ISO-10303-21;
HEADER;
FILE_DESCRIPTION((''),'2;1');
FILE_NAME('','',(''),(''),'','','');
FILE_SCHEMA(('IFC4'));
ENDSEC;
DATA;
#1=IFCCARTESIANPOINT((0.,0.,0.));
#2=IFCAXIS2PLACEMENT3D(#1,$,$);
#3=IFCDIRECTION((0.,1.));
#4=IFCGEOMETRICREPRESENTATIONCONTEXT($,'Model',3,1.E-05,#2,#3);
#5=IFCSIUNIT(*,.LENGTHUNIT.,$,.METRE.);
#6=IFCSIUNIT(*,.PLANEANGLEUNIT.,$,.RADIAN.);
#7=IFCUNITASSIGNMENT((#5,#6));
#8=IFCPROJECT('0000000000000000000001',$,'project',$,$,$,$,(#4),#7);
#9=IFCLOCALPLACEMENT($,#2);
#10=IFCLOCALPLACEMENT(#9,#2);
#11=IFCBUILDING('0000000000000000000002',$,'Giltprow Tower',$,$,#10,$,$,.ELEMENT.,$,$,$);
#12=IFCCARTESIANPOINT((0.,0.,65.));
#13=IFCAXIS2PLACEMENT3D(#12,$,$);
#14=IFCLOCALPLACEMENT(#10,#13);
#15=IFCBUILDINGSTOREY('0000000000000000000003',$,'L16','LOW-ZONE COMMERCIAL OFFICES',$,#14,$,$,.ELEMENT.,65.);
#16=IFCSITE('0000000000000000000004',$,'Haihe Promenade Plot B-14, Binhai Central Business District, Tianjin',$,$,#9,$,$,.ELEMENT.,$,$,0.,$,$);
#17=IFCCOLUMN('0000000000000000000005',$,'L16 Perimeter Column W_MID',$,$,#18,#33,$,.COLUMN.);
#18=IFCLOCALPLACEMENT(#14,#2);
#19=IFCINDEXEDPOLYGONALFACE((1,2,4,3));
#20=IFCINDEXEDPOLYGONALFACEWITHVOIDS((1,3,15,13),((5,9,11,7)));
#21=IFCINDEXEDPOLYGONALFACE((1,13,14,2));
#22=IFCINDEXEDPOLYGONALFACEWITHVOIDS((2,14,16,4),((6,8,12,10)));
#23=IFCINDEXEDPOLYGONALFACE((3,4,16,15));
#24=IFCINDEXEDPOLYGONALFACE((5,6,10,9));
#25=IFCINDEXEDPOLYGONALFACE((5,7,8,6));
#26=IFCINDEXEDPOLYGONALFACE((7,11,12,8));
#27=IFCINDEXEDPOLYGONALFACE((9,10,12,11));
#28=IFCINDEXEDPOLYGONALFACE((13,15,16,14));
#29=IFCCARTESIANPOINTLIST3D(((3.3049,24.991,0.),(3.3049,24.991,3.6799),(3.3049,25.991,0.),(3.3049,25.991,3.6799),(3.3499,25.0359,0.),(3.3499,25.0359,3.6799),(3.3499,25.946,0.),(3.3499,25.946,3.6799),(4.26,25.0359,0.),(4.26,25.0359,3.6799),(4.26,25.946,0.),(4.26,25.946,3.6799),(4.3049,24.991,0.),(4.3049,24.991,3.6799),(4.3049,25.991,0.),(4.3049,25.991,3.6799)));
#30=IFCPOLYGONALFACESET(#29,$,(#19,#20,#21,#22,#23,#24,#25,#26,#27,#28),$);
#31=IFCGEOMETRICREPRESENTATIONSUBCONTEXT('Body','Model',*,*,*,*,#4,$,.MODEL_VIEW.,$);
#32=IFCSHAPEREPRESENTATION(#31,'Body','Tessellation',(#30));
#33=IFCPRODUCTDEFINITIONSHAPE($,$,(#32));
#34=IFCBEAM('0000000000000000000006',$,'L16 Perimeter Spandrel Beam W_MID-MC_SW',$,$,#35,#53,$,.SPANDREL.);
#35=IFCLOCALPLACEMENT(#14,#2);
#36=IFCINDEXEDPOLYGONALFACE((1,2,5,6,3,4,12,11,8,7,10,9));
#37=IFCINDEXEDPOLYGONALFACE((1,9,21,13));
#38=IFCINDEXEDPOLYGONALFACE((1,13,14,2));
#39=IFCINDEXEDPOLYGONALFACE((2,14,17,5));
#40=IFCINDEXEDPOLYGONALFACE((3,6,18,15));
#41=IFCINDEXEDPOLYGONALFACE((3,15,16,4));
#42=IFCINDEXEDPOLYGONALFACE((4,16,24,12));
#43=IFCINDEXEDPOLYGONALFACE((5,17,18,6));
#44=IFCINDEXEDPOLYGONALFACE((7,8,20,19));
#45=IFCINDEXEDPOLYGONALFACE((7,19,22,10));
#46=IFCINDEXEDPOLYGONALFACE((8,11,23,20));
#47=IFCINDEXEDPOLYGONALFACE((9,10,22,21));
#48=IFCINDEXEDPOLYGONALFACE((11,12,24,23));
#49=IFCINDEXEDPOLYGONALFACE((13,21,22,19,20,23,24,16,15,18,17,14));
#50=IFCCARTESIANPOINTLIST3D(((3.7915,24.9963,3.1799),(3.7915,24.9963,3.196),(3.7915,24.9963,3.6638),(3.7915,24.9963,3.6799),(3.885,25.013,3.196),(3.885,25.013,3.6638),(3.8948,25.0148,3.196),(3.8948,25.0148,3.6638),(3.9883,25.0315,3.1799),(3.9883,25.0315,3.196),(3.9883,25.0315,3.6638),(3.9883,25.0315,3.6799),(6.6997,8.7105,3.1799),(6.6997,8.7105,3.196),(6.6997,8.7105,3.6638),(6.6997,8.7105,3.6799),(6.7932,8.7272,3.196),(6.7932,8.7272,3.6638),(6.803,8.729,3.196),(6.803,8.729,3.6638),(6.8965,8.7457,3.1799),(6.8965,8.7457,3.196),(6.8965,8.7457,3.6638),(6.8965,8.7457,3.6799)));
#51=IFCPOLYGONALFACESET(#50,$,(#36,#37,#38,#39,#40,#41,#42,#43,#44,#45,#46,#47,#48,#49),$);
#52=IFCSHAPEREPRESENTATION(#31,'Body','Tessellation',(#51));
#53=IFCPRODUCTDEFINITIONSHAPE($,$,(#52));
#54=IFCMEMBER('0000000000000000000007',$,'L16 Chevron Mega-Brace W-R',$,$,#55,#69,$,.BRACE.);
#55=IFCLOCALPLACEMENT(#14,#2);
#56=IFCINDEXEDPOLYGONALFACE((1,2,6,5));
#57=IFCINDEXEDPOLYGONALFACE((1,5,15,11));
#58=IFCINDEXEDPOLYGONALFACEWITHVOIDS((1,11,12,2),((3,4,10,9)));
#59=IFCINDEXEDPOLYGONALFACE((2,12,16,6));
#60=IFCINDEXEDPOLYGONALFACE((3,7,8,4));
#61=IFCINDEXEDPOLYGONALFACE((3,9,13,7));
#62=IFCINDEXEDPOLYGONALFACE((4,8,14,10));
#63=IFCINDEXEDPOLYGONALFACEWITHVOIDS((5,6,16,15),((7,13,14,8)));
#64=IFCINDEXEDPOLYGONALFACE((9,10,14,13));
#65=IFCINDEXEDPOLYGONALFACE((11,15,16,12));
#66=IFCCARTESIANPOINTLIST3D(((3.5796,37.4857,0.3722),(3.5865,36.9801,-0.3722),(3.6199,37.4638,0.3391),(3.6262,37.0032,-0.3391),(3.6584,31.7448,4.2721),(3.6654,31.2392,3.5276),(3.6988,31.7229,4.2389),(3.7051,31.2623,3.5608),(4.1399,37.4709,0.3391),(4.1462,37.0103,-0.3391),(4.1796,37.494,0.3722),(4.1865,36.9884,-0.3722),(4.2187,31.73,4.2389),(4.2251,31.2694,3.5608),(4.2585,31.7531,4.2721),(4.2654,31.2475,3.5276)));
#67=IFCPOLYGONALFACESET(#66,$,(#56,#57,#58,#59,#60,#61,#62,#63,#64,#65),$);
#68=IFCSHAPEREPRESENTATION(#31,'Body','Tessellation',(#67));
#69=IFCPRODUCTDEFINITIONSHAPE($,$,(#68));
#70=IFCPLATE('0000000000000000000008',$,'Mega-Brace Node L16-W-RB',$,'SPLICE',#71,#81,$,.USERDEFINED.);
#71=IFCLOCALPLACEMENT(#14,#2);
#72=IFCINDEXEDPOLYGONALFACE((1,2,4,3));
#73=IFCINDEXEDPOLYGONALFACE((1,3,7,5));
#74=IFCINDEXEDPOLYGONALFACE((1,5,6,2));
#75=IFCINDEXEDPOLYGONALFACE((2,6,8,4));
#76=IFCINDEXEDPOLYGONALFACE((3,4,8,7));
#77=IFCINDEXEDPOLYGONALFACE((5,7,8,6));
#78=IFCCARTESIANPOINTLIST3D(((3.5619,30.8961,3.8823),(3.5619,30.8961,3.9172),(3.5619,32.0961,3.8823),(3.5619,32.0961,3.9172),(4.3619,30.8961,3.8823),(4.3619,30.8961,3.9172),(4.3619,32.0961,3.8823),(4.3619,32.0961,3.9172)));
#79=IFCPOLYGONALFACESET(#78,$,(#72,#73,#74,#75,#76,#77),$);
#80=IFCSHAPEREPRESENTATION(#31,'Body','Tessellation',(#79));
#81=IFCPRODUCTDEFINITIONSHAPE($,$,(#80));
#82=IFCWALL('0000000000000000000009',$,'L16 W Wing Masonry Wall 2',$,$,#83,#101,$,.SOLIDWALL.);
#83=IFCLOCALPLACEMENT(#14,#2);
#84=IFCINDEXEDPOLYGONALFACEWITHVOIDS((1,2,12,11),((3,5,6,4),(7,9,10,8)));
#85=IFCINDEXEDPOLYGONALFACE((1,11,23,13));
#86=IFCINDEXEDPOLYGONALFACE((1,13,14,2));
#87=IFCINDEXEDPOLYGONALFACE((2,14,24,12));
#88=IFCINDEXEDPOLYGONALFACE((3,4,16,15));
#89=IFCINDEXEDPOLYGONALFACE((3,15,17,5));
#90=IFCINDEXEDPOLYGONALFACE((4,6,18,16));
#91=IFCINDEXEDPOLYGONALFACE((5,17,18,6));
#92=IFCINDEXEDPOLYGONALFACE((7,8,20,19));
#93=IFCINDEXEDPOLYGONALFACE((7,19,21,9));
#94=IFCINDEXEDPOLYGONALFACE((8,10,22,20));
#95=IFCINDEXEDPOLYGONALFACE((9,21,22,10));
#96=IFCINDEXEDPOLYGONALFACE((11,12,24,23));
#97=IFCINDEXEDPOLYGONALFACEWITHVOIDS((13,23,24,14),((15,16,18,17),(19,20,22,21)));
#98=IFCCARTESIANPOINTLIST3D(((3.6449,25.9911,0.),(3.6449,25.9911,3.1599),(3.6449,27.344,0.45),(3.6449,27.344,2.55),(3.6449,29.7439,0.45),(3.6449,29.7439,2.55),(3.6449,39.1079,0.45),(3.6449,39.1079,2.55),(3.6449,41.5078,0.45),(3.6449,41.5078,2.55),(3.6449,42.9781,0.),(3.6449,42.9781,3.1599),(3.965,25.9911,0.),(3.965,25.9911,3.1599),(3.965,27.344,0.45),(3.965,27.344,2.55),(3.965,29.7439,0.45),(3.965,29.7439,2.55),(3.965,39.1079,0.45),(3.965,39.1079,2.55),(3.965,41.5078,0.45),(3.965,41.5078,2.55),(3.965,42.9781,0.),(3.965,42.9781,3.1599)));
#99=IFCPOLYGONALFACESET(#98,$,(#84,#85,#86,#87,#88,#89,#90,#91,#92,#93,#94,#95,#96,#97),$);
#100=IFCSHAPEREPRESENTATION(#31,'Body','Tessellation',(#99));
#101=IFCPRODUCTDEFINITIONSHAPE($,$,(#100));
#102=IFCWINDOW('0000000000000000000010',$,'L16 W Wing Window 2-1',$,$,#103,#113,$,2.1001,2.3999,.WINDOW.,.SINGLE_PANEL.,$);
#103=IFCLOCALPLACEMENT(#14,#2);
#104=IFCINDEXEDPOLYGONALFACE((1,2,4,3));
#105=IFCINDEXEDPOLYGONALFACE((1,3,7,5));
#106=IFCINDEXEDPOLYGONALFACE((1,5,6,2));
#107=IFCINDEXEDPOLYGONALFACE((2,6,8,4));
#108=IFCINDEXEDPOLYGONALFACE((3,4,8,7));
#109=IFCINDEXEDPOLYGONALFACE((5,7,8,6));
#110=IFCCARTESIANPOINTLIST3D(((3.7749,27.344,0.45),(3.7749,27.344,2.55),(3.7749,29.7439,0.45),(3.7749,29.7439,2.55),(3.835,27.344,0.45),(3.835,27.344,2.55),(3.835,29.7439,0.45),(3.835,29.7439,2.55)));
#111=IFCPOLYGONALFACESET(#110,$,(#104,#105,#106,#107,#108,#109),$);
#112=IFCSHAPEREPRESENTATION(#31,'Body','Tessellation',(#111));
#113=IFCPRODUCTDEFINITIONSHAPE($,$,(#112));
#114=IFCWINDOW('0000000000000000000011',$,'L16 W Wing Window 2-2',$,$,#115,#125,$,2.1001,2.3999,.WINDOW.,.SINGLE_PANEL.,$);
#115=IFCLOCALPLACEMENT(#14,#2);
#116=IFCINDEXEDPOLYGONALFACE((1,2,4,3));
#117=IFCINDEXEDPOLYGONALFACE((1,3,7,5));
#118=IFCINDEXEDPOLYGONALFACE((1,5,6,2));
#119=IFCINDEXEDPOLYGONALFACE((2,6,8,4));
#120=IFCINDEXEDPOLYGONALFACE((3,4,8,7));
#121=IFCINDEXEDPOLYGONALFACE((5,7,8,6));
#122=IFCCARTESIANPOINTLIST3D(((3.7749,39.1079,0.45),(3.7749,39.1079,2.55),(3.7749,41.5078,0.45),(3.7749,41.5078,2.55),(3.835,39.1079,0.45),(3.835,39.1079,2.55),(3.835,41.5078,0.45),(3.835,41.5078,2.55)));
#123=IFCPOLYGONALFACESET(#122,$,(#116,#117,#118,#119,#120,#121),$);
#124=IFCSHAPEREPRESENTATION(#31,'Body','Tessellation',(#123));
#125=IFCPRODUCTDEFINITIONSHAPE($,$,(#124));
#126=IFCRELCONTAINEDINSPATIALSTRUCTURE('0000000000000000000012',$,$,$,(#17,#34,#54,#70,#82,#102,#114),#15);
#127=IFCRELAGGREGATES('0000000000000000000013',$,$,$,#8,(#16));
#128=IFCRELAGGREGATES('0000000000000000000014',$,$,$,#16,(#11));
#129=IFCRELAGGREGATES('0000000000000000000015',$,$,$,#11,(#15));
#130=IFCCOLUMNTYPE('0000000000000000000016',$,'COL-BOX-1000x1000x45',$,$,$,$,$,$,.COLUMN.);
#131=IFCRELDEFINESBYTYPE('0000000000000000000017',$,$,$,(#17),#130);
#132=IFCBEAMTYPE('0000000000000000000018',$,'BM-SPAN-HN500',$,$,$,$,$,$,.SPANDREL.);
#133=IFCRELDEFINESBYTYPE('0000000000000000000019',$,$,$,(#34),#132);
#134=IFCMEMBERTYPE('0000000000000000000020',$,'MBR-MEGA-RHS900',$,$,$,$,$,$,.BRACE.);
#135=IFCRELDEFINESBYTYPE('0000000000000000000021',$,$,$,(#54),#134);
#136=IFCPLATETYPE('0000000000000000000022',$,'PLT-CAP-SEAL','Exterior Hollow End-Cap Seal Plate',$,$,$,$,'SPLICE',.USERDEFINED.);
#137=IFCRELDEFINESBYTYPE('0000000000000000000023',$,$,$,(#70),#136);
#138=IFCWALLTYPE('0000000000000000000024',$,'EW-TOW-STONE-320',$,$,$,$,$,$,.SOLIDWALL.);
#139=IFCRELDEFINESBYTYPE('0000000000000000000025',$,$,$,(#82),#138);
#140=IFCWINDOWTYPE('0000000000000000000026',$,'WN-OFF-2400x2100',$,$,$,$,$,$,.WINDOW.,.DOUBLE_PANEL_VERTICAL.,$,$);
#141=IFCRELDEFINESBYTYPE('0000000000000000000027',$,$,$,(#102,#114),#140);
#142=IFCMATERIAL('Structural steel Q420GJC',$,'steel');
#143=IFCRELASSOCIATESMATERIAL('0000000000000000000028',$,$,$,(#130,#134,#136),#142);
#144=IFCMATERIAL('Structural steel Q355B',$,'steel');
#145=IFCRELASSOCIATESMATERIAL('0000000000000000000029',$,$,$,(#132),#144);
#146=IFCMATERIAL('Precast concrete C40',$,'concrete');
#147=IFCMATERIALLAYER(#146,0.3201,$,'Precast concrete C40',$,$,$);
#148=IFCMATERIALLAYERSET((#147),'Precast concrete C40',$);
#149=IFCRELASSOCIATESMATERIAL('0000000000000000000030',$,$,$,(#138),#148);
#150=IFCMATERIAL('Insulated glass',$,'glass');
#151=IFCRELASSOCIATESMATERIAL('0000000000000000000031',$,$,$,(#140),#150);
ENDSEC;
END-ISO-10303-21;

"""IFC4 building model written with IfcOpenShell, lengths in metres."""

from ifc_helpers import new_model, si_unit, direction, frame, frame_2d, origin, origin_2d, place, context, subcontext, project, spatial, rectangle, hollow_rectangle, i_section, extrude, source, transform, mapped, material, layer, layer_set, material_profile, profile_set, type_object, element, fill, save


model = new_model("IFC4")

# Units and contexts
model_context = context("Model", 3, precision=1e-05, world=origin(), true_north=direction((0.0, 1.0)))
body_context = subcontext(model_context, "Body", "Model", "MODEL_VIEW")
ifc_project = project(units=[si_unit("LENGTHUNIT", "METRE"), si_unit("PLANEANGLEUNIT", "RADIAN")], contexts=[model_context])

# Site, building, storey
site_placement = place(None, origin())
site = spatial("IfcSite", under=ifc_project, at=site_placement, Name="Haihe Promenade Plot B-14, Binhai Central Business District, Tianjin", CompositionType="ELEMENT", RefElevation=0.0)
building_placement = place(site_placement, origin())
building = spatial("IfcBuilding", under=site, at=building_placement, Name="Giltprow Tower", CompositionType="ELEMENT")
storey_placement = place(building_placement, frame((0.0, 0.0, 65.0)))
storey = spatial("IfcBuildingStorey", under=building, at=storey_placement, Name="L16", Description="LOW-ZONE COMMERCIAL OFFICES", CompositionType="ELEMENT", Elevation=65.0)

# Column
ifc_material_1 = material(Name="Structural steel Q420GJC", Category="steel")
ifc_material_profile_1 = material_profile(ifc_material_1, hollow_rectangle(XDim=1.0, YDim=1.0, WallThickness=0.0449, at=origin_2d()), Name="BOX 1000x1000x45")
ifc_profile_set_1 = profile_set([ifc_material_profile_1], Name="Structural steel Q420GJC")
column_type = type_object("IfcColumnType", Name="COL-BOX-1000x1000x45", PredefinedType="COLUMN", material=ifc_profile_set_1)
shared_shape_1 = source(origin(), body_context, "Body", "SweptSolid", [
    extrude(hollow_rectangle(XDim=1.0, YDim=1.0, WallThickness=0.0449, at=origin_2d()), origin(), (0.0, 0.0, 1.0), 3.6799),
])
column_placement = place(storey_placement, frame((3.8049, 25.491, 0.0), z_axis=(0.0, 0.0, 1.0), x_axis=(1.0, 0.0, 0.0)))
element("IfcColumn", 1, at=column_placement, inside=storey, type_object=column_type, Name="L16 Perimeter Column W_MID", PredefinedType="COLUMN", context=body_context, shape_type="MappedRepresentation", body=[
    mapped(shared_shape_1, transform((0.0, 0.0, 0.0), x_axis=(1.0, 0.0, 0.0), y_axis=(0.0, 1.0, 0.0), z_axis=(0.0, 0.0, 1.0), scale=1.0)),
])

# Beam
ifc_material_2 = material(Name="Structural steel Q355B", Category="steel")
ifc_material_profile_2 = material_profile(ifc_material_2, i_section(OverallWidth=0.2, OverallDepth=0.5, WebThickness=0.01, FlangeThickness=0.0161, at=origin_2d()), Name="HN 500x200x10x16")
ifc_profile_set_2 = profile_set([ifc_material_profile_2], Name="Structural steel Q355B")
beam_type = type_object("IfcBeamType", Name="BM-SPAN-HN500", PredefinedType="SPANDREL", material=ifc_profile_set_2)
shared_shape_2 = source(origin(), body_context, "Body", "SweptSolid", [
    extrude(i_section(OverallWidth=0.2, OverallDepth=0.5, WebThickness=0.01, FlangeThickness=0.0161, at=origin_2d()), origin(), (0.0, 0.0, 1.0), 16.5435),
])
beam_placement = place(storey_placement, frame((3.8899, 25.0139, 3.4299), z_axis=(0.175791, -0.984427, 0.0), x_axis=(0.984427, 0.175791, 0.0)))
element("IfcBeam", 2, at=beam_placement, inside=storey, type_object=beam_type, Name="L16 Perimeter Spandrel Beam W_MID-MC_SW", PredefinedType="SPANDREL", context=body_context, shape_type="MappedRepresentation", body=[
    mapped(shared_shape_2, transform((0.0, 0.0, 0.0), x_axis=(1.0, 0.0, 0.0), y_axis=(0.0, 1.0, 0.0), z_axis=(0.0, 0.0, 1.0), scale=1.0)),
])

# Member
ifc_material_profile_3 = material_profile(ifc_material_1, hollow_rectangle(XDim=0.6001, YDim=0.8999, WallThickness=0.04, at=origin_2d()), Name="RHS 900x600x40")
ifc_profile_set_3 = profile_set([ifc_material_profile_3], Name="Structural steel Q420GJC")
member_type = type_object("IfcMemberType", Name="MBR-MEGA-RHS900", PredefinedType="BRACE", material=ifc_profile_set_3)
shared_shape_3 = source(origin(), body_context, "Body", "SweptSolid", [
    extrude(hollow_rectangle(XDim=0.6001, YDim=0.8999, WallThickness=0.04, at=origin_2d()), origin(), (0.0, 0.0, 1.0), 6.9407),
])
member_placement = place(storey_placement, frame((3.8831, 37.2371, 0.0), z_axis=(0.011361, -0.827138, 0.561884), x_axis=(0.999906, 0.013735, 0.0)))
element("IfcMember", 3, at=member_placement, inside=storey, type_object=member_type, Name="L16 Chevron Mega-Brace W-R", PredefinedType="BRACE", context=body_context, shape_type="MappedRepresentation", body=[
    mapped(shared_shape_3, transform((0.0, 0.0, 0.0), x_axis=(1.0, 0.0, 0.0), y_axis=(0.0, 1.0, 0.0), z_axis=(0.0, 0.0, 1.0), scale=1.0)),
])

# Plate
plate_type = type_object("IfcPlateType", Name="PLT-CAP-SEAL", Description="Exterior Hollow End-Cap Seal Plate", ElementType="SPLICE", PredefinedType="USERDEFINED", material=ifc_material_1)
shared_shape_4 = source(origin(), body_context, "Body", "SweptSolid", [
    extrude(rectangle(XDim=1.2, YDim=0.8, at=origin_2d()), origin(), (0.0, 0.0, 1.0), 0.0349),
])
plate_placement = place(storey_placement, frame((3.9619, 31.4961, 3.8823), z_axis=(0.0, 0.0, 1.0), x_axis=(0.0, 1.0, 0.0)))
element("IfcPlate", 4, at=plate_placement, inside=storey, type_object=plate_type, Name="Mega-Brace Node L16-W-RB", ObjectType="SPLICE", PredefinedType="USERDEFINED", context=body_context, shape_type="MappedRepresentation", body=[
    mapped(shared_shape_4, transform((0.0, 0.0, 0.0), x_axis=(1.0, 0.0, 0.0), y_axis=(0.0, 1.0, 0.0), z_axis=(0.0, 0.0, 1.0), scale=1.0)),
])

# Wall, openings, windows
ifc_material_3 = material(Name="Precast concrete C40", Category="concrete")
ifc_layer_1 = layer(ifc_material_3, 0.3201, Name="Precast concrete C40")
ifc_layer_set_1 = layer_set([ifc_layer_1], Name="Precast concrete C40")
wall_type_1 = type_object("IfcWallType", Name="EW-TOW-STONE-320", PredefinedType="SOLIDWALL", material=ifc_layer_set_1)
wall_1_placement = place(storey_placement, frame((3.8049, 25.991, 0.0), z_axis=(0.0, 0.0, 1.0), x_axis=(0.0, 1.0, 0.0)))
wall_1 = element("IfcWall", 5, at=wall_1_placement, inside=storey, type_object=wall_type_1, Name="L16 W Wing Masonry Wall 2", PredefinedType="SOLIDWALL", context=body_context, shape_type="SweptSolid", body=[
    extrude(rectangle(XDim=16.9871, YDim=0.3201, at=frame_2d((8.4937, 0.0))), origin(), (0.0, 0.0, 1.0), 3.1599),
])
opening_1_placement = place(wall_1_placement, frame((1.353, 0.0, 0.45)))
opening_1 = element("IfcOpeningElement", 6, at=opening_1_placement, cuts=wall_1, PredefinedType="OPENING", context=body_context, shape_type="SweptSolid", body=[
    extrude(rectangle(XDim=2.3999, YDim=2.1001, at=frame_2d((1.2, 1.05))), frame((0.0, 0.1699, 0.0), z_axis=(0.0, -1.0, 0.0), x_axis=(1.0, 0.0, 0.0)), (0.0, 0.0, 1.0), 0.3401),
])
opening_2_placement = place(wall_1_placement, frame((13.1169, 0.0, 0.45)))
opening_2 = element("IfcOpeningElement", 7, at=opening_2_placement, cuts=wall_1, PredefinedType="OPENING", context=body_context, shape_type="SweptSolid", body=[
    extrude(rectangle(XDim=2.3999, YDim=2.1001, at=frame_2d((1.2, 1.05))), frame((0.0, 0.1699, 0.0), z_axis=(0.0, -1.0, 0.0), x_axis=(1.0, 0.0, 0.0)), (0.0, 0.0, 1.0), 0.3401),
])
ifc_material_4 = material(Name="Insulated glass", Category="glass")
window_type = type_object("IfcWindowType", Name="WN-OFF-2400x2100", PartitioningType="DOUBLE_PANEL_VERTICAL", PredefinedType="WINDOW", material=ifc_material_4)
shared_shape_5 = source(origin(), body_context, "Body", "SweptSolid", [
    extrude(rectangle(XDim=2.3999, YDim=2.1001, at=frame_2d((1.2, 1.05))), frame((0.0, 0.03, 0.0), z_axis=(0.0, -1.0, 0.0), x_axis=(1.0, 0.0, 0.0)), (0.0, 0.0, 1.0), 0.0601),
])
window_1_placement = place(opening_1_placement, origin())
window_1 = element("IfcWindow", 8, at=window_1_placement, inside=storey, type_object=window_type, Name="L16 W Wing Window 2-1", OverallHeight=2.1001, OverallWidth=2.3999, PartitioningType="SINGLE_PANEL", PredefinedType="WINDOW", context=body_context, shape_type="MappedRepresentation", body=[
    mapped(shared_shape_5, transform((0.0, 0.0, 0.0), x_axis=(1.0, 0.0, 0.0), y_axis=(0.0, 1.0, 0.0), z_axis=(0.0, 0.0, 1.0), scale=1.0)),
])
fill(opening_1, window_1)
window_2_placement = place(opening_2_placement, origin())
window_2 = element("IfcWindow", 9, at=window_2_placement, inside=storey, type_object=window_type, Name="L16 W Wing Window 2-2", OverallHeight=2.1001, OverallWidth=2.3999, PartitioningType="SINGLE_PANEL", PredefinedType="WINDOW", context=body_context, shape_type="MappedRepresentation", body=[
    mapped(shared_shape_5, transform((0.0, 0.0, 0.0), x_axis=(1.0, 0.0, 0.0), y_axis=(0.0, 1.0, 0.0), z_axis=(0.0, 0.0, 1.0), scale=1.0)),
])
fill(opening_2, window_2)

save(model, "model.ifc")
